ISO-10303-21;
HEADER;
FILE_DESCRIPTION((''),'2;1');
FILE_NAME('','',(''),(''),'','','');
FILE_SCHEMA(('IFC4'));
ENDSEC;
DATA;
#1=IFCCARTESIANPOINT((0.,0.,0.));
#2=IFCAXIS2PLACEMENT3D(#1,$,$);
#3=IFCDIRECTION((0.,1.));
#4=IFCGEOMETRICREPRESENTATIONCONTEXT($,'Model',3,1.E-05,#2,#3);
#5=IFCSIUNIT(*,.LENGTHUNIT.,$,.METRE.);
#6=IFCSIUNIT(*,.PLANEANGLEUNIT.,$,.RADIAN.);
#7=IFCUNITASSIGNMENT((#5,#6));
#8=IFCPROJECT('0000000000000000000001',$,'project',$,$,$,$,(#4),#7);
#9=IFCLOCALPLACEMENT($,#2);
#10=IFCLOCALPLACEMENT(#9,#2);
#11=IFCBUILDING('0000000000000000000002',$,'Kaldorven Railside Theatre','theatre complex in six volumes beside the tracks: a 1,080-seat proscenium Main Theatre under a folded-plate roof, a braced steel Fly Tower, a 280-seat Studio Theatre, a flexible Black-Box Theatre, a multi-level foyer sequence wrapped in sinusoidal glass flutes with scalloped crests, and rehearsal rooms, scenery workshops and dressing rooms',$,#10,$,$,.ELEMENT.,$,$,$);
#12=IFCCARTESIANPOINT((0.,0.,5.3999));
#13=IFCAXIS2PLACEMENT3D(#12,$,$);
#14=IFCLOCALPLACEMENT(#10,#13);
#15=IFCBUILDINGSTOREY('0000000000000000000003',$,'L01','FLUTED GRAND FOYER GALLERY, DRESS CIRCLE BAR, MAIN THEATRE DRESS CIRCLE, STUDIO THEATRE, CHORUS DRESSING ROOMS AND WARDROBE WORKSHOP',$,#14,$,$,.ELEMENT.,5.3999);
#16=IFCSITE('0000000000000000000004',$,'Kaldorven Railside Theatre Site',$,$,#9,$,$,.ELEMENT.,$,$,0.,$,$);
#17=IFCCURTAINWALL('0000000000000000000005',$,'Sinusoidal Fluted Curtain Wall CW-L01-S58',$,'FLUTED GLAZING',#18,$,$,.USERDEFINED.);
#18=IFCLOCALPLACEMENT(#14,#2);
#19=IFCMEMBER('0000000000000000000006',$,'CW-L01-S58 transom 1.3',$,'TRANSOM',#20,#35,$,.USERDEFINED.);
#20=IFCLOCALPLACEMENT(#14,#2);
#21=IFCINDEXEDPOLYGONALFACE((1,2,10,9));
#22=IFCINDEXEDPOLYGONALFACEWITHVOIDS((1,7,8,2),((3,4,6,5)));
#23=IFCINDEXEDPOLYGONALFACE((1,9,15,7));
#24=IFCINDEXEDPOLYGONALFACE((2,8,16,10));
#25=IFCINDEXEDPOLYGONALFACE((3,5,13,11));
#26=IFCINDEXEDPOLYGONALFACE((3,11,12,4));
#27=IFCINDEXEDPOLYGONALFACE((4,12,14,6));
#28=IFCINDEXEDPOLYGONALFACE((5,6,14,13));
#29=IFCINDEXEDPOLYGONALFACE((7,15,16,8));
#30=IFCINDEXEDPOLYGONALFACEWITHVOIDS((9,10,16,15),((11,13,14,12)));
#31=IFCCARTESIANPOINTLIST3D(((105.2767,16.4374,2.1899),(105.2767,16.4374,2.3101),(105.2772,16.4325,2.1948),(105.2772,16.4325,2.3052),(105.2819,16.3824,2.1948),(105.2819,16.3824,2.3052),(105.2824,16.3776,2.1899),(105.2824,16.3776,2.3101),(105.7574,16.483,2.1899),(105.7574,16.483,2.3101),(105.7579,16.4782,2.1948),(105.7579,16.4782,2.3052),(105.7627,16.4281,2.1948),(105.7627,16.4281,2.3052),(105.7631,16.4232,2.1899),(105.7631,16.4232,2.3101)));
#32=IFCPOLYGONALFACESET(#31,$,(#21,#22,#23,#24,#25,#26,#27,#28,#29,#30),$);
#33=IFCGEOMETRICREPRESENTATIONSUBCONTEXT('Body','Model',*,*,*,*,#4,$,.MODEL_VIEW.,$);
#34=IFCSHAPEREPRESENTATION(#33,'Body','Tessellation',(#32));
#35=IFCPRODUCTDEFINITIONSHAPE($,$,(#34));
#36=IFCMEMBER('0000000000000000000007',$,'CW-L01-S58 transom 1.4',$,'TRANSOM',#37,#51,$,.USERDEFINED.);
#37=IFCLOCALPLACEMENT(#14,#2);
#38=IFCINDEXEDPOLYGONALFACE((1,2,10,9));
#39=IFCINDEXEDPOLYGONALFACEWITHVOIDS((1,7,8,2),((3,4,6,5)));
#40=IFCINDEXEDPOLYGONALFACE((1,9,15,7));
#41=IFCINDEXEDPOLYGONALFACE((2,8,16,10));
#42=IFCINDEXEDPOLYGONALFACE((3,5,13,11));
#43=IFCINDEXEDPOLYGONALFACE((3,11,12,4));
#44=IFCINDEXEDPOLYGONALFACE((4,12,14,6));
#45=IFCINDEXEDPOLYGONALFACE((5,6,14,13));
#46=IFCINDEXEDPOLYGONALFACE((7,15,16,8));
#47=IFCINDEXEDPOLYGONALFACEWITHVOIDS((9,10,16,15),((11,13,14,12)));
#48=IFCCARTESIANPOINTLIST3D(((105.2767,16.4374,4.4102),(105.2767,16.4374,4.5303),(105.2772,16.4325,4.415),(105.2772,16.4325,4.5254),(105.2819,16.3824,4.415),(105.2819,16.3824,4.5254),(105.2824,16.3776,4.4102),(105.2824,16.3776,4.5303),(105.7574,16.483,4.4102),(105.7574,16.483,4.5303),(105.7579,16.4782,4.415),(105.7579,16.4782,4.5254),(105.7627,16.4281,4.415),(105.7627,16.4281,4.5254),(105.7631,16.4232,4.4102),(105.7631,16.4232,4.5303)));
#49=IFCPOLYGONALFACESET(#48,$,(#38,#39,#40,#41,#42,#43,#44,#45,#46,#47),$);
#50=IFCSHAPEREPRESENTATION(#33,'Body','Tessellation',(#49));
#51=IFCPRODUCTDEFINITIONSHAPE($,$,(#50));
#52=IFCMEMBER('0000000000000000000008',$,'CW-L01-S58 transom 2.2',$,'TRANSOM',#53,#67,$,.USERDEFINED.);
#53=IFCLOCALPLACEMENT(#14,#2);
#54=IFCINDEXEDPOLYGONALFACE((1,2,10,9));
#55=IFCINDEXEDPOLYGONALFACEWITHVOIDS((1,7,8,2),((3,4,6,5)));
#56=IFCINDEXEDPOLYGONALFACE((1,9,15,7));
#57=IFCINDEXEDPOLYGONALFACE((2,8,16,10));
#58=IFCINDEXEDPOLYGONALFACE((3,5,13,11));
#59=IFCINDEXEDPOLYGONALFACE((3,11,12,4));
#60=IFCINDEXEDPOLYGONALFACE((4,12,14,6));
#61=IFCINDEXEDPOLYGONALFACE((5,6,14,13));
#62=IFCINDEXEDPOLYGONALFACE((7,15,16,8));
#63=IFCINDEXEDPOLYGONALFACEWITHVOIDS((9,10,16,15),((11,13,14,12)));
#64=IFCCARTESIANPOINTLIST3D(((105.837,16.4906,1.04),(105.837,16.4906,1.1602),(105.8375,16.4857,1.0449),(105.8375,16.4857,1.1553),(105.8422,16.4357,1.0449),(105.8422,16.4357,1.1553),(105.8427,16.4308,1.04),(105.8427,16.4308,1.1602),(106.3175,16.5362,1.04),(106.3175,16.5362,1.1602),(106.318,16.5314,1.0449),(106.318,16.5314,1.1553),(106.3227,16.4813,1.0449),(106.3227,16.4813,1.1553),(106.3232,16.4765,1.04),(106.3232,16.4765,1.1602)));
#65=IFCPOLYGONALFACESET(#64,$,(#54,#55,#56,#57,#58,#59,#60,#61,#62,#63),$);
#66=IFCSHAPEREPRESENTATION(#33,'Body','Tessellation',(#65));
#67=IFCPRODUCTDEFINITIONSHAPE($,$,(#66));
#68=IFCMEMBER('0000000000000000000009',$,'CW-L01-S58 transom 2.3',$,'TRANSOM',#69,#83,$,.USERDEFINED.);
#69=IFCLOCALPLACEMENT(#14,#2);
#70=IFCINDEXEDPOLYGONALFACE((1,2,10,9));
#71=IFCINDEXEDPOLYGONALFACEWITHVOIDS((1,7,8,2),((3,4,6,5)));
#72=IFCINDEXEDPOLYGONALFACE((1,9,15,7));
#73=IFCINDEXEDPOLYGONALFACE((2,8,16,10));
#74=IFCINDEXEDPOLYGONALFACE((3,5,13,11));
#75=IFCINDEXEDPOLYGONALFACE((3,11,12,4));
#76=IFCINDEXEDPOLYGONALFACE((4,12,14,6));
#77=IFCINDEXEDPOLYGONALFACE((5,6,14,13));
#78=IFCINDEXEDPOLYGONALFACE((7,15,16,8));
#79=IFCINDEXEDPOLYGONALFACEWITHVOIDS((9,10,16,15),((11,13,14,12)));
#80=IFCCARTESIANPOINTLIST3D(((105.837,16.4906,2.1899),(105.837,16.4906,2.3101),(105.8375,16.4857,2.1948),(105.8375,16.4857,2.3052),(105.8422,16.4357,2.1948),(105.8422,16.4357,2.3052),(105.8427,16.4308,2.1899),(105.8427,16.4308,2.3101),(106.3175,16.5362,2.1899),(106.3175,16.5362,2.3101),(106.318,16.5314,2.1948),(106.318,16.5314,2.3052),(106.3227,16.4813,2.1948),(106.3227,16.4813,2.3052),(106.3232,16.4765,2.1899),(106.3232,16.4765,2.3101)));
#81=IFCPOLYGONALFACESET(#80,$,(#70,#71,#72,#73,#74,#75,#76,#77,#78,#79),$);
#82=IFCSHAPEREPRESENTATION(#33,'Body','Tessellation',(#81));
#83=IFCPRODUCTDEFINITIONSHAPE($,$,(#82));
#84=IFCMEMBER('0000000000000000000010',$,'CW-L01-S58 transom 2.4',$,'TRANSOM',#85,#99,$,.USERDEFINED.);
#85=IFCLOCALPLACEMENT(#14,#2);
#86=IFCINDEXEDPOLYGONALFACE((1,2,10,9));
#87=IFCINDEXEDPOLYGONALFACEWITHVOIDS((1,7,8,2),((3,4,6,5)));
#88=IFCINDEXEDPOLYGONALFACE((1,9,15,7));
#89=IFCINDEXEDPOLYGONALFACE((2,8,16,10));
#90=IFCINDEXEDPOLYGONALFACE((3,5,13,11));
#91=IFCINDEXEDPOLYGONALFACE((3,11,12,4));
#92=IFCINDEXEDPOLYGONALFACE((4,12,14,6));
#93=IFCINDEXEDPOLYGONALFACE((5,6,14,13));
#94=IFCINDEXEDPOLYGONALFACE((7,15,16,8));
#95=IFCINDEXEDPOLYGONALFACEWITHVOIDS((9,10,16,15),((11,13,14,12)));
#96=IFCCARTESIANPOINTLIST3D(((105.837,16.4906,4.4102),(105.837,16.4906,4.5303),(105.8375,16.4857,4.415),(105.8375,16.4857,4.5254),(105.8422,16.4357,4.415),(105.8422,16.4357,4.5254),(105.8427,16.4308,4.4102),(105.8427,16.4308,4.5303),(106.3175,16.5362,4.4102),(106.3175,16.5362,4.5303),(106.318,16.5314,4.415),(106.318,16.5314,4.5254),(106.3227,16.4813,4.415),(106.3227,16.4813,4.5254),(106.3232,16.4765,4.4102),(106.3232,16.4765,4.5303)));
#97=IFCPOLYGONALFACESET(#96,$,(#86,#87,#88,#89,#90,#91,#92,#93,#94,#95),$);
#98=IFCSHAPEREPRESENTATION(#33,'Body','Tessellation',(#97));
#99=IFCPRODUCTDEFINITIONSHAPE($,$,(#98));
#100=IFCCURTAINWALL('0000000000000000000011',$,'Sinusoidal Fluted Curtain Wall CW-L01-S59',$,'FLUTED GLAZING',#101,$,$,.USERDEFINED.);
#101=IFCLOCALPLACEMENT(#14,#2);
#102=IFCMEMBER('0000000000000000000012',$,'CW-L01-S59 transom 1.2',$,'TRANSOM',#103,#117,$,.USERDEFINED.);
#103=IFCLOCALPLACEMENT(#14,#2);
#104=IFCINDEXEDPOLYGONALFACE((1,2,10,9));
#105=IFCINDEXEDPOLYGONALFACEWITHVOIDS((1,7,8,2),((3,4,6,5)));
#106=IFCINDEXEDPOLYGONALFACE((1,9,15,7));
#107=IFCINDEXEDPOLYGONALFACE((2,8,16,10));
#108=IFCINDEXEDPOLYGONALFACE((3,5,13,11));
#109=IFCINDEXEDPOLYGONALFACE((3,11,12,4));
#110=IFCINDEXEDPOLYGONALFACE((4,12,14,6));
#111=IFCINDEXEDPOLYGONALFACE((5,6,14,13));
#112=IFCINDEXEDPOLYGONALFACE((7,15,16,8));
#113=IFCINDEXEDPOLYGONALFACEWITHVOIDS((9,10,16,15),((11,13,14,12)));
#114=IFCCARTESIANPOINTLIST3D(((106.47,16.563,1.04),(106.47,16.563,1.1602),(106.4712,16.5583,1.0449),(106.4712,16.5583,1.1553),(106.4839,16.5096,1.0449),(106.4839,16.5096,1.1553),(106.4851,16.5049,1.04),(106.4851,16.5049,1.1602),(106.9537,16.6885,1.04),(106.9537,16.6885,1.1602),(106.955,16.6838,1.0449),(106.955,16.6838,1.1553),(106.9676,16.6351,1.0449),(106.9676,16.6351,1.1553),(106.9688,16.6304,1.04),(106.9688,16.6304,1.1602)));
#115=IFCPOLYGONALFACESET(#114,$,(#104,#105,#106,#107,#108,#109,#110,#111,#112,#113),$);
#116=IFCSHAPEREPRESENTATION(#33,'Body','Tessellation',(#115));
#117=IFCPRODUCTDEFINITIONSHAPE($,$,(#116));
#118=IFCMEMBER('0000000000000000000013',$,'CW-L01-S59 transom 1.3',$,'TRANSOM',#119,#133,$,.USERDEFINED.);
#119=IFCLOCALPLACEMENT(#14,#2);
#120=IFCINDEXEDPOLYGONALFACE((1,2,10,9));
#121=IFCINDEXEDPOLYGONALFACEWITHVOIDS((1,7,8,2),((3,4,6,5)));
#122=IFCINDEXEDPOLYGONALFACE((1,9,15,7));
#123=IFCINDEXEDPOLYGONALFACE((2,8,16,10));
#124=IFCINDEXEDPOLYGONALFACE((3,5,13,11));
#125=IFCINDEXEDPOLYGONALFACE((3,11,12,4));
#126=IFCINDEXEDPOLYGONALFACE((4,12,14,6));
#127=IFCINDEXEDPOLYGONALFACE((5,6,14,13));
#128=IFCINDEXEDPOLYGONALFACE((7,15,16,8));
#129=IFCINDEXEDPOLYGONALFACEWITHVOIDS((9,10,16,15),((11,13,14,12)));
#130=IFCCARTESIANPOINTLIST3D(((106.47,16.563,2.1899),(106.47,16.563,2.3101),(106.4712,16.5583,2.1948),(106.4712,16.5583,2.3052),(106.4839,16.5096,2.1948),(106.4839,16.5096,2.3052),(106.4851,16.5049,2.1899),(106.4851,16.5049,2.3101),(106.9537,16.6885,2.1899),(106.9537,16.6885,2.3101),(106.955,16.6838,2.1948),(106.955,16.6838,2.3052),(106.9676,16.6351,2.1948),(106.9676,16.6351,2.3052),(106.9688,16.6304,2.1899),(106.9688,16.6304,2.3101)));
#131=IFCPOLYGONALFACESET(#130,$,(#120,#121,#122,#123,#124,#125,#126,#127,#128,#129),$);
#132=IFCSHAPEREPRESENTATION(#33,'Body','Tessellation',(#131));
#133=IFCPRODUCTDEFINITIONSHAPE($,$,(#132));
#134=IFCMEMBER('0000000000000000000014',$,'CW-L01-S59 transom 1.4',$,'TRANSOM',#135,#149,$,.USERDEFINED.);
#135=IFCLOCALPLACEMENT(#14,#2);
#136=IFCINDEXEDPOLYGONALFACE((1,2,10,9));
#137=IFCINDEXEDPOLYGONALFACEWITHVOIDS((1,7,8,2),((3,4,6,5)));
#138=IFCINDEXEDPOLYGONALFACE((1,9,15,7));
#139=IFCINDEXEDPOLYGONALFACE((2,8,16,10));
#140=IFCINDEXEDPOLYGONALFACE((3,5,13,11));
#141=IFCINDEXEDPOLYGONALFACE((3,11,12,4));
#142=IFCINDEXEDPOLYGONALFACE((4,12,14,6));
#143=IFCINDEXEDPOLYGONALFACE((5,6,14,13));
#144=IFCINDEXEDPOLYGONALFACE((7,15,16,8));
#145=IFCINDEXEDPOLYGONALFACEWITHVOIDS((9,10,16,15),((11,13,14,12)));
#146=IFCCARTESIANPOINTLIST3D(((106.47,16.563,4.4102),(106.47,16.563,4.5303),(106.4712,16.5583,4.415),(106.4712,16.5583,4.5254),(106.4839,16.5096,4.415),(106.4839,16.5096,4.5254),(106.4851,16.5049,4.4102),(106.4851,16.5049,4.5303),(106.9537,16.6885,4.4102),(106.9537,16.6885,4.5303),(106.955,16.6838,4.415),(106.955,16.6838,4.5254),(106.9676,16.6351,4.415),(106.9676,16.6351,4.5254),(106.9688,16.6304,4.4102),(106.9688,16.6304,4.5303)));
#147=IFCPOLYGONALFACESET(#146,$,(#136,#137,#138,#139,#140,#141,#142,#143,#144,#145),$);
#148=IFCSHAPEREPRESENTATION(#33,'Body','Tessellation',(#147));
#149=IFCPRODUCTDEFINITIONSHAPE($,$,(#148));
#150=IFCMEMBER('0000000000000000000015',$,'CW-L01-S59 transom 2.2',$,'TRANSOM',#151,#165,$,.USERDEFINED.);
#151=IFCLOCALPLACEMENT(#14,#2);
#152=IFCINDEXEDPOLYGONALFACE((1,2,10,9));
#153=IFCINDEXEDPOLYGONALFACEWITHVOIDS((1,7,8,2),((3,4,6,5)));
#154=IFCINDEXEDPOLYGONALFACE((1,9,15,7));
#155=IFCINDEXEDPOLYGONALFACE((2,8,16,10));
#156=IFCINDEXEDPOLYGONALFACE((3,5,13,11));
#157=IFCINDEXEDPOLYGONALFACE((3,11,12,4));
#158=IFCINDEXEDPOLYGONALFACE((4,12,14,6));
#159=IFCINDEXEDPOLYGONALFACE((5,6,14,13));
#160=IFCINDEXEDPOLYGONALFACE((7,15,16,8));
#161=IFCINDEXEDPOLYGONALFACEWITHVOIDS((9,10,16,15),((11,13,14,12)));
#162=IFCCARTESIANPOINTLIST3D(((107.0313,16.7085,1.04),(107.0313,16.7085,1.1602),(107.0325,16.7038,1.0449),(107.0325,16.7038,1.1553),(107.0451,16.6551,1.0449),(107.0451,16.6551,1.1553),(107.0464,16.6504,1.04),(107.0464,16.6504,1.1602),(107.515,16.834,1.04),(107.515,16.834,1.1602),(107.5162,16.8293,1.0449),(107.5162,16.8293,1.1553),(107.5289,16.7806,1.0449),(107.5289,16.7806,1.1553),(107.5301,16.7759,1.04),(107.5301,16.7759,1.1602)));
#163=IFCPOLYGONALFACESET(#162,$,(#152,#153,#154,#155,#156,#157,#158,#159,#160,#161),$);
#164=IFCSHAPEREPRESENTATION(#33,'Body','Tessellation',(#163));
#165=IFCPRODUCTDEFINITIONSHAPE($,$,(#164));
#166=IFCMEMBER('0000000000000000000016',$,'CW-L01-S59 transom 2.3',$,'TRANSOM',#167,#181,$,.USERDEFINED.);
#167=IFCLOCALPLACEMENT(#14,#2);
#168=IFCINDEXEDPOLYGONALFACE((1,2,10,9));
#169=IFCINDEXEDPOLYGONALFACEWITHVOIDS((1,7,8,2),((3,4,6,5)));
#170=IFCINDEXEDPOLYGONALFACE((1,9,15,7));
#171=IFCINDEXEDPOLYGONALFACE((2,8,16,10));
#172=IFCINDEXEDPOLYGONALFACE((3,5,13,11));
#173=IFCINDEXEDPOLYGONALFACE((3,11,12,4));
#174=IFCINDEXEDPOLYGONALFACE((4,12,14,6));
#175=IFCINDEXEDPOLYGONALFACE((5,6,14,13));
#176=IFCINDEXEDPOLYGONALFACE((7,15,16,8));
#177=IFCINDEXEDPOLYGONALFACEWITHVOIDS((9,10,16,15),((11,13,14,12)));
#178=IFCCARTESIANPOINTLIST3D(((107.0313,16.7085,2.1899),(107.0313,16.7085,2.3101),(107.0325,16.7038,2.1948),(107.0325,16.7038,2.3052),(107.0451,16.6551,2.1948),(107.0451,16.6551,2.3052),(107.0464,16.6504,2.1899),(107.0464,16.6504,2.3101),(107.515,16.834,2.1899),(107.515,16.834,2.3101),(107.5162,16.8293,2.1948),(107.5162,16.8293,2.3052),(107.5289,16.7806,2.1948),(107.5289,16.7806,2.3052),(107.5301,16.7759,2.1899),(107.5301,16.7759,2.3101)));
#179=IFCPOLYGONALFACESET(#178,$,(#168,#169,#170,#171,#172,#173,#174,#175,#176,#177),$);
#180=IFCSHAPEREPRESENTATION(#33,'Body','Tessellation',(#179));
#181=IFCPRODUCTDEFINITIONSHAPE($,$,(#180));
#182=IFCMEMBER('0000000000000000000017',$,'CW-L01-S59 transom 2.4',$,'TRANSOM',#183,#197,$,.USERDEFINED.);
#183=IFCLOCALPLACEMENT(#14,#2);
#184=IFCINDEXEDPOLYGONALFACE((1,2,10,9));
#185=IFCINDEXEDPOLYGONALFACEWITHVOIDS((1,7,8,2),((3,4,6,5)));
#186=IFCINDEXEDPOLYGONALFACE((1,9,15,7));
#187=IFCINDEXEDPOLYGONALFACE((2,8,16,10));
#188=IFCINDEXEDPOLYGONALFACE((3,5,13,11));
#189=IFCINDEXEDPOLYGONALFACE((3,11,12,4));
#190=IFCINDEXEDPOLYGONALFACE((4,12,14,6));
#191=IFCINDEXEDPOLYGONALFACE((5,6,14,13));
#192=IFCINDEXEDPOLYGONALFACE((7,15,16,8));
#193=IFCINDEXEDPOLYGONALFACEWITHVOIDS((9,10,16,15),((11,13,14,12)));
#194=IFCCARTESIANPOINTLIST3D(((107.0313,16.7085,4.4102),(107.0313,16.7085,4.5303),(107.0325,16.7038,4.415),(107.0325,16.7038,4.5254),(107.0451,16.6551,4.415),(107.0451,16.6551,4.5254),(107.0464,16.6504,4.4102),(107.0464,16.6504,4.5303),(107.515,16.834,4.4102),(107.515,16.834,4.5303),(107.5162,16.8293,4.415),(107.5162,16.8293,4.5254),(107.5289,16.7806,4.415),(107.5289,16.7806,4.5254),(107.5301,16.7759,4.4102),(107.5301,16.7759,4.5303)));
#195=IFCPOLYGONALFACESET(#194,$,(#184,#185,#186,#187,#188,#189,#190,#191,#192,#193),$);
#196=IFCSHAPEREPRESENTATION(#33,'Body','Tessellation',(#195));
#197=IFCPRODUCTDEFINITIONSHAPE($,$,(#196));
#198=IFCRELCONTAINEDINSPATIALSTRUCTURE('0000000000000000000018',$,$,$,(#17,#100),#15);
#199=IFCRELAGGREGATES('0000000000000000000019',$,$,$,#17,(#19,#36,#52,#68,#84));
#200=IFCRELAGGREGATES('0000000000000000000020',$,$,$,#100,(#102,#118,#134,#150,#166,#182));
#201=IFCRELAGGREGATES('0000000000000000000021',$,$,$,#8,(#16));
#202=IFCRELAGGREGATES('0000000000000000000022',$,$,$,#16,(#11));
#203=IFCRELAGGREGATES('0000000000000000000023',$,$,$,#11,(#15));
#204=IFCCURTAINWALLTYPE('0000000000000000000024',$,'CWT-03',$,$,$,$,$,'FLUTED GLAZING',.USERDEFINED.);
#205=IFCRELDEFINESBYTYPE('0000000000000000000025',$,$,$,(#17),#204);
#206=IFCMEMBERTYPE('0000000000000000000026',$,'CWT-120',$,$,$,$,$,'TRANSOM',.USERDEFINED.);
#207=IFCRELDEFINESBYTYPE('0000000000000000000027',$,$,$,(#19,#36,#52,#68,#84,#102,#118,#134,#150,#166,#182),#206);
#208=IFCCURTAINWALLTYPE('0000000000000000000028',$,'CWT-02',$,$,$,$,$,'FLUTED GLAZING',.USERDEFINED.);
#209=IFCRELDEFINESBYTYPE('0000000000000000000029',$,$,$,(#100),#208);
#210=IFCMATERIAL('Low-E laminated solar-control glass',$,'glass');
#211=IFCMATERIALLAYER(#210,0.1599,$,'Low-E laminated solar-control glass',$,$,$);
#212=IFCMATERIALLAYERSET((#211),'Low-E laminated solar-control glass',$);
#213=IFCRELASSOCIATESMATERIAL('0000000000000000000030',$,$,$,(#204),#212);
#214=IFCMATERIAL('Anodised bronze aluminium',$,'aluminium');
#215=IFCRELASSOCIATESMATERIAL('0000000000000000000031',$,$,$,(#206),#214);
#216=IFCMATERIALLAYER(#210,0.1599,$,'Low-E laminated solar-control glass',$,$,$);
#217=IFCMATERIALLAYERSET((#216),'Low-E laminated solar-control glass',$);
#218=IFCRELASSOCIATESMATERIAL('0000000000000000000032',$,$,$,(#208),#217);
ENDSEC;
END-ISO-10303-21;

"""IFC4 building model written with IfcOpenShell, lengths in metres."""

from ifc_helpers import new_model, si_unit, direction, frame, origin, origin_2d, place, context, subcontext, project, spatial, hollow_rectangle, extrude, material, layer, layer_set, material_profile, profile_set, type_object, element, aggregate, save


model = new_model("IFC4")

# Units and contexts
model_context = context("Model", 3, precision=1e-05, world=origin(), true_north=direction((0.0, 1.0)))
body_context = subcontext(model_context, "Body", "Model", "MODEL_VIEW")
ifc_project = project(units=[si_unit("LENGTHUNIT", "METRE"), si_unit("PLANEANGLEUNIT", "RADIAN")], contexts=[model_context])

# Site, building, storey
site_placement = place(None, origin())
site = spatial("IfcSite", under=ifc_project, at=site_placement, Name="Kaldorven Railside Theatre Site", CompositionType="ELEMENT", RefElevation=0.0)
building_placement = place(site_placement, origin())
building = spatial("IfcBuilding", under=site, at=building_placement, Name="Kaldorven Railside Theatre", Description="theatre complex in six volumes beside the tracks: a 1,080-seat proscenium Main Theatre under a folded-plate roof, a braced steel Fly Tower, a 280-seat Studio Theatre, a flexible Black-Box Theatre, a multi-level foyer sequence wrapped in sinusoidal glass flutes with scalloped crests, and rehearsal rooms, scenery workshops and dressing rooms", CompositionType="ELEMENT")
storey_placement = place(building_placement, frame((0.0, 0.0, 5.3999)))
storey = spatial("IfcBuildingStorey", under=building, at=storey_placement, Name="L01", Description="FLUTED GRAND FOYER GALLERY, DRESS CIRCLE BAR, MAIN THEATRE DRESS CIRCLE, STUDIO THEATRE, CHORUS DRESSING ROOMS AND WARDROBE WORKSHOP", CompositionType="ELEMENT", Elevation=5.3999)

# Curtain walls, members
ifc_material_1 = material(Name="Low-E laminated solar-control glass", Category="glass")
ifc_layer_1 = layer(ifc_material_1, 0.1599, Name="Low-E laminated solar-control glass")
ifc_layer_set_1 = layer_set([ifc_layer_1], Name="Low-E laminated solar-control glass")
curtain_wall_type_1 = type_object("IfcCurtainWallType", Name="CWT-03", ElementType="FLUTED GLAZING", PredefinedType="USERDEFINED", material=ifc_layer_set_1)
curtain_wall_1_placement = place(storey_placement, origin())
curtain_wall_1 = element("IfcCurtainWall", 1, at=curtain_wall_1_placement, inside=storey, type_object=curtain_wall_type_1, Name="Sinusoidal Fluted Curtain Wall CW-L01-S58", ObjectType="FLUTED GLAZING", PredefinedType="USERDEFINED")
ifc_material_2 = material(Name="Anodised bronze aluminium", Category="aluminium")
ifc_material_profile = material_profile(ifc_material_2, hollow_rectangle(XDim=0.0601, YDim=0.1201, WallThickness=0.0049, at=origin_2d()), Name="RHS 120x60x5")
ifc_profile_set = profile_set([ifc_material_profile], Name="Anodised bronze aluminium")
member_type = type_object("IfcMemberType", Name="CWT-120", ElementType="TRANSOM", PredefinedType="USERDEFINED", material=ifc_profile_set)
member_1_placement = place(storey_placement, frame((105.2795, 16.4075, 2.25), z_axis=(0.99552, 0.094547, 0.0), x_axis=(-0.094547, 0.99552, 0.0)))
member_1 = element("IfcMember", 2, at=member_1_placement, type_object=member_type, Name="CW-L01-S58 transom 1.3", ObjectType="TRANSOM", PredefinedType="USERDEFINED", context=body_context, shape_type="SweptSolid", body=[
    extrude(hollow_rectangle(XDim=0.0601, YDim=0.1201, WallThickness=0.0049, at=origin_2d()), origin(), (0.0, 0.0, 1.0), 0.4829),
])
member_2_placement = place(storey_placement, frame((105.2795, 16.4075, 4.4702), z_axis=(0.99552, 0.094547, 0.0), x_axis=(-0.094547, 0.99552, 0.0)))
member_2 = element("IfcMember", 3, at=member_2_placement, type_object=member_type, Name="CW-L01-S58 transom 1.4", ObjectType="TRANSOM", PredefinedType="USERDEFINED", context=body_context, shape_type="SweptSolid", body=[
    extrude(hollow_rectangle(XDim=0.0601, YDim=0.1201, WallThickness=0.0049, at=origin_2d()), origin(), (0.0, 0.0, 1.0), 0.4829),
])
member_3_placement = place(storey_placement, frame((105.8398, 16.4607, 1.1001), z_axis=(0.995516, 0.094594, 0.0), x_axis=(-0.094594, 0.995516, 0.0)))
member_3 = element("IfcMember", 4, at=member_3_placement, type_object=member_type, Name="CW-L01-S58 transom 2.2", ObjectType="TRANSOM", PredefinedType="USERDEFINED", context=body_context, shape_type="SweptSolid", body=[
    extrude(hollow_rectangle(XDim=0.0601, YDim=0.1201, WallThickness=0.0049, at=origin_2d()), origin(), (0.0, 0.0, 1.0), 0.4827),
])
member_4_placement = place(storey_placement, frame((105.8398, 16.4607, 2.25), z_axis=(0.995516, 0.094594, 0.0), x_axis=(-0.094594, 0.995516, 0.0)))
member_4 = element("IfcMember", 5, at=member_4_placement, type_object=member_type, Name="CW-L01-S58 transom 2.3", ObjectType="TRANSOM", PredefinedType="USERDEFINED", context=body_context, shape_type="SweptSolid", body=[
    extrude(hollow_rectangle(XDim=0.0601, YDim=0.1201, WallThickness=0.0049, at=origin_2d()), origin(), (0.0, 0.0, 1.0), 0.4827),
])
member_5_placement = place(storey_placement, frame((105.8398, 16.4607, 4.4702), z_axis=(0.995516, 0.094594, 0.0), x_axis=(-0.094594, 0.995516, 0.0)))
member_5 = element("IfcMember", 6, at=member_5_placement, type_object=member_type, Name="CW-L01-S58 transom 2.4", ObjectType="TRANSOM", PredefinedType="USERDEFINED", context=body_context, shape_type="SweptSolid", body=[
    extrude(hollow_rectangle(XDim=0.0601, YDim=0.1201, WallThickness=0.0049, at=origin_2d()), origin(), (0.0, 0.0, 1.0), 0.4827),
])
ifc_layer_2 = layer(ifc_material_1, 0.1599, Name="Low-E laminated solar-control glass")
ifc_layer_set_2 = layer_set([ifc_layer_2], Name="Low-E laminated solar-control glass")
curtain_wall_type_2 = type_object("IfcCurtainWallType", Name="CWT-02", ElementType="FLUTED GLAZING", PredefinedType="USERDEFINED", material=ifc_layer_set_2)
curtain_wall_2_placement = place(storey_placement, origin())
curtain_wall_2 = element("IfcCurtainWall", 7, at=curtain_wall_2_placement, inside=storey, type_object=curtain_wall_type_2, Name="Sinusoidal Fluted Curtain Wall CW-L01-S59", ObjectType="FLUTED GLAZING", PredefinedType="USERDEFINED")
member_6_placement = place(storey_placement, frame((106.4775, 16.5339, 1.1001), z_axis=(0.967949, 0.251149, 0.0), x_axis=(-0.251149, 0.967949, 0.0)))
member_6 = element("IfcMember", 8, at=member_6_placement, type_object=member_type, Name="CW-L01-S59 transom 1.2", ObjectType="TRANSOM", PredefinedType="USERDEFINED", context=body_context, shape_type="SweptSolid", body=[
    extrude(hollow_rectangle(XDim=0.0601, YDim=0.1201, WallThickness=0.0049, at=origin_2d()), origin(), (0.0, 0.0, 1.0), 0.4998),
])
member_7_placement = place(storey_placement, frame((106.4775, 16.5339, 2.25), z_axis=(0.967949, 0.251149, 0.0), x_axis=(-0.251149, 0.967949, 0.0)))
member_7 = element("IfcMember", 9, at=member_7_placement, type_object=member_type, Name="CW-L01-S59 transom 1.3", ObjectType="TRANSOM", PredefinedType="USERDEFINED", context=body_context, shape_type="SweptSolid", body=[
    extrude(hollow_rectangle(XDim=0.0601, YDim=0.1201, WallThickness=0.0049, at=origin_2d()), origin(), (0.0, 0.0, 1.0), 0.4998),
])
member_8_placement = place(storey_placement, frame((106.4775, 16.5339, 4.4702), z_axis=(0.967949, 0.251149, 0.0), x_axis=(-0.251149, 0.967949, 0.0)))
member_8 = element("IfcMember", 10, at=member_8_placement, type_object=member_type, Name="CW-L01-S59 transom 1.4", ObjectType="TRANSOM", PredefinedType="USERDEFINED", context=body_context, shape_type="SweptSolid", body=[
    extrude(hollow_rectangle(XDim=0.0601, YDim=0.1201, WallThickness=0.0049, at=origin_2d()), origin(), (0.0, 0.0, 1.0), 0.4998),
])
member_9_placement = place(storey_placement, frame((107.0388, 16.6794, 1.1001), z_axis=(0.967949, 0.251149, 0.0), x_axis=(-0.251149, 0.967949, 0.0)))
member_9 = element("IfcMember", 11, at=member_9_placement, type_object=member_type, Name="CW-L01-S59 transom 2.2", ObjectType="TRANSOM", PredefinedType="USERDEFINED", context=body_context, shape_type="SweptSolid", body=[
    extrude(hollow_rectangle(XDim=0.0601, YDim=0.1201, WallThickness=0.0049, at=origin_2d()), origin(), (0.0, 0.0, 1.0), 0.4998),
])
member_10_placement = place(storey_placement, frame((107.0388, 16.6794, 2.25), z_axis=(0.967949, 0.251149, 0.0), x_axis=(-0.251149, 0.967949, 0.0)))
member_10 = element("IfcMember", 12, at=member_10_placement, type_object=member_type, Name="CW-L01-S59 transom 2.3", ObjectType="TRANSOM", PredefinedType="USERDEFINED", context=body_context, shape_type="SweptSolid", body=[
    extrude(hollow_rectangle(XDim=0.0601, YDim=0.1201, WallThickness=0.0049, at=origin_2d()), origin(), (0.0, 0.0, 1.0), 0.4998),
])
member_11_placement = place(storey_placement, frame((107.0388, 16.6794, 4.4702), z_axis=(0.967949, 0.251149, 0.0), x_axis=(-0.251149, 0.967949, 0.0)))
member_11 = element("IfcMember", 13, at=member_11_placement, type_object=member_type, Name="CW-L01-S59 transom 2.4", ObjectType="TRANSOM", PredefinedType="USERDEFINED", context=body_context, shape_type="SweptSolid", body=[
    extrude(hollow_rectangle(XDim=0.0601, YDim=0.1201, WallThickness=0.0049, at=origin_2d()), origin(), (0.0, 0.0, 1.0), 0.4998),
])

aggregate(curtain_wall_1, [member_1, member_2, member_3, member_4, member_5])
aggregate(curtain_wall_2, [member_6, member_7, member_8, member_9, member_10, member_11])

save(model, "model.ifc")
